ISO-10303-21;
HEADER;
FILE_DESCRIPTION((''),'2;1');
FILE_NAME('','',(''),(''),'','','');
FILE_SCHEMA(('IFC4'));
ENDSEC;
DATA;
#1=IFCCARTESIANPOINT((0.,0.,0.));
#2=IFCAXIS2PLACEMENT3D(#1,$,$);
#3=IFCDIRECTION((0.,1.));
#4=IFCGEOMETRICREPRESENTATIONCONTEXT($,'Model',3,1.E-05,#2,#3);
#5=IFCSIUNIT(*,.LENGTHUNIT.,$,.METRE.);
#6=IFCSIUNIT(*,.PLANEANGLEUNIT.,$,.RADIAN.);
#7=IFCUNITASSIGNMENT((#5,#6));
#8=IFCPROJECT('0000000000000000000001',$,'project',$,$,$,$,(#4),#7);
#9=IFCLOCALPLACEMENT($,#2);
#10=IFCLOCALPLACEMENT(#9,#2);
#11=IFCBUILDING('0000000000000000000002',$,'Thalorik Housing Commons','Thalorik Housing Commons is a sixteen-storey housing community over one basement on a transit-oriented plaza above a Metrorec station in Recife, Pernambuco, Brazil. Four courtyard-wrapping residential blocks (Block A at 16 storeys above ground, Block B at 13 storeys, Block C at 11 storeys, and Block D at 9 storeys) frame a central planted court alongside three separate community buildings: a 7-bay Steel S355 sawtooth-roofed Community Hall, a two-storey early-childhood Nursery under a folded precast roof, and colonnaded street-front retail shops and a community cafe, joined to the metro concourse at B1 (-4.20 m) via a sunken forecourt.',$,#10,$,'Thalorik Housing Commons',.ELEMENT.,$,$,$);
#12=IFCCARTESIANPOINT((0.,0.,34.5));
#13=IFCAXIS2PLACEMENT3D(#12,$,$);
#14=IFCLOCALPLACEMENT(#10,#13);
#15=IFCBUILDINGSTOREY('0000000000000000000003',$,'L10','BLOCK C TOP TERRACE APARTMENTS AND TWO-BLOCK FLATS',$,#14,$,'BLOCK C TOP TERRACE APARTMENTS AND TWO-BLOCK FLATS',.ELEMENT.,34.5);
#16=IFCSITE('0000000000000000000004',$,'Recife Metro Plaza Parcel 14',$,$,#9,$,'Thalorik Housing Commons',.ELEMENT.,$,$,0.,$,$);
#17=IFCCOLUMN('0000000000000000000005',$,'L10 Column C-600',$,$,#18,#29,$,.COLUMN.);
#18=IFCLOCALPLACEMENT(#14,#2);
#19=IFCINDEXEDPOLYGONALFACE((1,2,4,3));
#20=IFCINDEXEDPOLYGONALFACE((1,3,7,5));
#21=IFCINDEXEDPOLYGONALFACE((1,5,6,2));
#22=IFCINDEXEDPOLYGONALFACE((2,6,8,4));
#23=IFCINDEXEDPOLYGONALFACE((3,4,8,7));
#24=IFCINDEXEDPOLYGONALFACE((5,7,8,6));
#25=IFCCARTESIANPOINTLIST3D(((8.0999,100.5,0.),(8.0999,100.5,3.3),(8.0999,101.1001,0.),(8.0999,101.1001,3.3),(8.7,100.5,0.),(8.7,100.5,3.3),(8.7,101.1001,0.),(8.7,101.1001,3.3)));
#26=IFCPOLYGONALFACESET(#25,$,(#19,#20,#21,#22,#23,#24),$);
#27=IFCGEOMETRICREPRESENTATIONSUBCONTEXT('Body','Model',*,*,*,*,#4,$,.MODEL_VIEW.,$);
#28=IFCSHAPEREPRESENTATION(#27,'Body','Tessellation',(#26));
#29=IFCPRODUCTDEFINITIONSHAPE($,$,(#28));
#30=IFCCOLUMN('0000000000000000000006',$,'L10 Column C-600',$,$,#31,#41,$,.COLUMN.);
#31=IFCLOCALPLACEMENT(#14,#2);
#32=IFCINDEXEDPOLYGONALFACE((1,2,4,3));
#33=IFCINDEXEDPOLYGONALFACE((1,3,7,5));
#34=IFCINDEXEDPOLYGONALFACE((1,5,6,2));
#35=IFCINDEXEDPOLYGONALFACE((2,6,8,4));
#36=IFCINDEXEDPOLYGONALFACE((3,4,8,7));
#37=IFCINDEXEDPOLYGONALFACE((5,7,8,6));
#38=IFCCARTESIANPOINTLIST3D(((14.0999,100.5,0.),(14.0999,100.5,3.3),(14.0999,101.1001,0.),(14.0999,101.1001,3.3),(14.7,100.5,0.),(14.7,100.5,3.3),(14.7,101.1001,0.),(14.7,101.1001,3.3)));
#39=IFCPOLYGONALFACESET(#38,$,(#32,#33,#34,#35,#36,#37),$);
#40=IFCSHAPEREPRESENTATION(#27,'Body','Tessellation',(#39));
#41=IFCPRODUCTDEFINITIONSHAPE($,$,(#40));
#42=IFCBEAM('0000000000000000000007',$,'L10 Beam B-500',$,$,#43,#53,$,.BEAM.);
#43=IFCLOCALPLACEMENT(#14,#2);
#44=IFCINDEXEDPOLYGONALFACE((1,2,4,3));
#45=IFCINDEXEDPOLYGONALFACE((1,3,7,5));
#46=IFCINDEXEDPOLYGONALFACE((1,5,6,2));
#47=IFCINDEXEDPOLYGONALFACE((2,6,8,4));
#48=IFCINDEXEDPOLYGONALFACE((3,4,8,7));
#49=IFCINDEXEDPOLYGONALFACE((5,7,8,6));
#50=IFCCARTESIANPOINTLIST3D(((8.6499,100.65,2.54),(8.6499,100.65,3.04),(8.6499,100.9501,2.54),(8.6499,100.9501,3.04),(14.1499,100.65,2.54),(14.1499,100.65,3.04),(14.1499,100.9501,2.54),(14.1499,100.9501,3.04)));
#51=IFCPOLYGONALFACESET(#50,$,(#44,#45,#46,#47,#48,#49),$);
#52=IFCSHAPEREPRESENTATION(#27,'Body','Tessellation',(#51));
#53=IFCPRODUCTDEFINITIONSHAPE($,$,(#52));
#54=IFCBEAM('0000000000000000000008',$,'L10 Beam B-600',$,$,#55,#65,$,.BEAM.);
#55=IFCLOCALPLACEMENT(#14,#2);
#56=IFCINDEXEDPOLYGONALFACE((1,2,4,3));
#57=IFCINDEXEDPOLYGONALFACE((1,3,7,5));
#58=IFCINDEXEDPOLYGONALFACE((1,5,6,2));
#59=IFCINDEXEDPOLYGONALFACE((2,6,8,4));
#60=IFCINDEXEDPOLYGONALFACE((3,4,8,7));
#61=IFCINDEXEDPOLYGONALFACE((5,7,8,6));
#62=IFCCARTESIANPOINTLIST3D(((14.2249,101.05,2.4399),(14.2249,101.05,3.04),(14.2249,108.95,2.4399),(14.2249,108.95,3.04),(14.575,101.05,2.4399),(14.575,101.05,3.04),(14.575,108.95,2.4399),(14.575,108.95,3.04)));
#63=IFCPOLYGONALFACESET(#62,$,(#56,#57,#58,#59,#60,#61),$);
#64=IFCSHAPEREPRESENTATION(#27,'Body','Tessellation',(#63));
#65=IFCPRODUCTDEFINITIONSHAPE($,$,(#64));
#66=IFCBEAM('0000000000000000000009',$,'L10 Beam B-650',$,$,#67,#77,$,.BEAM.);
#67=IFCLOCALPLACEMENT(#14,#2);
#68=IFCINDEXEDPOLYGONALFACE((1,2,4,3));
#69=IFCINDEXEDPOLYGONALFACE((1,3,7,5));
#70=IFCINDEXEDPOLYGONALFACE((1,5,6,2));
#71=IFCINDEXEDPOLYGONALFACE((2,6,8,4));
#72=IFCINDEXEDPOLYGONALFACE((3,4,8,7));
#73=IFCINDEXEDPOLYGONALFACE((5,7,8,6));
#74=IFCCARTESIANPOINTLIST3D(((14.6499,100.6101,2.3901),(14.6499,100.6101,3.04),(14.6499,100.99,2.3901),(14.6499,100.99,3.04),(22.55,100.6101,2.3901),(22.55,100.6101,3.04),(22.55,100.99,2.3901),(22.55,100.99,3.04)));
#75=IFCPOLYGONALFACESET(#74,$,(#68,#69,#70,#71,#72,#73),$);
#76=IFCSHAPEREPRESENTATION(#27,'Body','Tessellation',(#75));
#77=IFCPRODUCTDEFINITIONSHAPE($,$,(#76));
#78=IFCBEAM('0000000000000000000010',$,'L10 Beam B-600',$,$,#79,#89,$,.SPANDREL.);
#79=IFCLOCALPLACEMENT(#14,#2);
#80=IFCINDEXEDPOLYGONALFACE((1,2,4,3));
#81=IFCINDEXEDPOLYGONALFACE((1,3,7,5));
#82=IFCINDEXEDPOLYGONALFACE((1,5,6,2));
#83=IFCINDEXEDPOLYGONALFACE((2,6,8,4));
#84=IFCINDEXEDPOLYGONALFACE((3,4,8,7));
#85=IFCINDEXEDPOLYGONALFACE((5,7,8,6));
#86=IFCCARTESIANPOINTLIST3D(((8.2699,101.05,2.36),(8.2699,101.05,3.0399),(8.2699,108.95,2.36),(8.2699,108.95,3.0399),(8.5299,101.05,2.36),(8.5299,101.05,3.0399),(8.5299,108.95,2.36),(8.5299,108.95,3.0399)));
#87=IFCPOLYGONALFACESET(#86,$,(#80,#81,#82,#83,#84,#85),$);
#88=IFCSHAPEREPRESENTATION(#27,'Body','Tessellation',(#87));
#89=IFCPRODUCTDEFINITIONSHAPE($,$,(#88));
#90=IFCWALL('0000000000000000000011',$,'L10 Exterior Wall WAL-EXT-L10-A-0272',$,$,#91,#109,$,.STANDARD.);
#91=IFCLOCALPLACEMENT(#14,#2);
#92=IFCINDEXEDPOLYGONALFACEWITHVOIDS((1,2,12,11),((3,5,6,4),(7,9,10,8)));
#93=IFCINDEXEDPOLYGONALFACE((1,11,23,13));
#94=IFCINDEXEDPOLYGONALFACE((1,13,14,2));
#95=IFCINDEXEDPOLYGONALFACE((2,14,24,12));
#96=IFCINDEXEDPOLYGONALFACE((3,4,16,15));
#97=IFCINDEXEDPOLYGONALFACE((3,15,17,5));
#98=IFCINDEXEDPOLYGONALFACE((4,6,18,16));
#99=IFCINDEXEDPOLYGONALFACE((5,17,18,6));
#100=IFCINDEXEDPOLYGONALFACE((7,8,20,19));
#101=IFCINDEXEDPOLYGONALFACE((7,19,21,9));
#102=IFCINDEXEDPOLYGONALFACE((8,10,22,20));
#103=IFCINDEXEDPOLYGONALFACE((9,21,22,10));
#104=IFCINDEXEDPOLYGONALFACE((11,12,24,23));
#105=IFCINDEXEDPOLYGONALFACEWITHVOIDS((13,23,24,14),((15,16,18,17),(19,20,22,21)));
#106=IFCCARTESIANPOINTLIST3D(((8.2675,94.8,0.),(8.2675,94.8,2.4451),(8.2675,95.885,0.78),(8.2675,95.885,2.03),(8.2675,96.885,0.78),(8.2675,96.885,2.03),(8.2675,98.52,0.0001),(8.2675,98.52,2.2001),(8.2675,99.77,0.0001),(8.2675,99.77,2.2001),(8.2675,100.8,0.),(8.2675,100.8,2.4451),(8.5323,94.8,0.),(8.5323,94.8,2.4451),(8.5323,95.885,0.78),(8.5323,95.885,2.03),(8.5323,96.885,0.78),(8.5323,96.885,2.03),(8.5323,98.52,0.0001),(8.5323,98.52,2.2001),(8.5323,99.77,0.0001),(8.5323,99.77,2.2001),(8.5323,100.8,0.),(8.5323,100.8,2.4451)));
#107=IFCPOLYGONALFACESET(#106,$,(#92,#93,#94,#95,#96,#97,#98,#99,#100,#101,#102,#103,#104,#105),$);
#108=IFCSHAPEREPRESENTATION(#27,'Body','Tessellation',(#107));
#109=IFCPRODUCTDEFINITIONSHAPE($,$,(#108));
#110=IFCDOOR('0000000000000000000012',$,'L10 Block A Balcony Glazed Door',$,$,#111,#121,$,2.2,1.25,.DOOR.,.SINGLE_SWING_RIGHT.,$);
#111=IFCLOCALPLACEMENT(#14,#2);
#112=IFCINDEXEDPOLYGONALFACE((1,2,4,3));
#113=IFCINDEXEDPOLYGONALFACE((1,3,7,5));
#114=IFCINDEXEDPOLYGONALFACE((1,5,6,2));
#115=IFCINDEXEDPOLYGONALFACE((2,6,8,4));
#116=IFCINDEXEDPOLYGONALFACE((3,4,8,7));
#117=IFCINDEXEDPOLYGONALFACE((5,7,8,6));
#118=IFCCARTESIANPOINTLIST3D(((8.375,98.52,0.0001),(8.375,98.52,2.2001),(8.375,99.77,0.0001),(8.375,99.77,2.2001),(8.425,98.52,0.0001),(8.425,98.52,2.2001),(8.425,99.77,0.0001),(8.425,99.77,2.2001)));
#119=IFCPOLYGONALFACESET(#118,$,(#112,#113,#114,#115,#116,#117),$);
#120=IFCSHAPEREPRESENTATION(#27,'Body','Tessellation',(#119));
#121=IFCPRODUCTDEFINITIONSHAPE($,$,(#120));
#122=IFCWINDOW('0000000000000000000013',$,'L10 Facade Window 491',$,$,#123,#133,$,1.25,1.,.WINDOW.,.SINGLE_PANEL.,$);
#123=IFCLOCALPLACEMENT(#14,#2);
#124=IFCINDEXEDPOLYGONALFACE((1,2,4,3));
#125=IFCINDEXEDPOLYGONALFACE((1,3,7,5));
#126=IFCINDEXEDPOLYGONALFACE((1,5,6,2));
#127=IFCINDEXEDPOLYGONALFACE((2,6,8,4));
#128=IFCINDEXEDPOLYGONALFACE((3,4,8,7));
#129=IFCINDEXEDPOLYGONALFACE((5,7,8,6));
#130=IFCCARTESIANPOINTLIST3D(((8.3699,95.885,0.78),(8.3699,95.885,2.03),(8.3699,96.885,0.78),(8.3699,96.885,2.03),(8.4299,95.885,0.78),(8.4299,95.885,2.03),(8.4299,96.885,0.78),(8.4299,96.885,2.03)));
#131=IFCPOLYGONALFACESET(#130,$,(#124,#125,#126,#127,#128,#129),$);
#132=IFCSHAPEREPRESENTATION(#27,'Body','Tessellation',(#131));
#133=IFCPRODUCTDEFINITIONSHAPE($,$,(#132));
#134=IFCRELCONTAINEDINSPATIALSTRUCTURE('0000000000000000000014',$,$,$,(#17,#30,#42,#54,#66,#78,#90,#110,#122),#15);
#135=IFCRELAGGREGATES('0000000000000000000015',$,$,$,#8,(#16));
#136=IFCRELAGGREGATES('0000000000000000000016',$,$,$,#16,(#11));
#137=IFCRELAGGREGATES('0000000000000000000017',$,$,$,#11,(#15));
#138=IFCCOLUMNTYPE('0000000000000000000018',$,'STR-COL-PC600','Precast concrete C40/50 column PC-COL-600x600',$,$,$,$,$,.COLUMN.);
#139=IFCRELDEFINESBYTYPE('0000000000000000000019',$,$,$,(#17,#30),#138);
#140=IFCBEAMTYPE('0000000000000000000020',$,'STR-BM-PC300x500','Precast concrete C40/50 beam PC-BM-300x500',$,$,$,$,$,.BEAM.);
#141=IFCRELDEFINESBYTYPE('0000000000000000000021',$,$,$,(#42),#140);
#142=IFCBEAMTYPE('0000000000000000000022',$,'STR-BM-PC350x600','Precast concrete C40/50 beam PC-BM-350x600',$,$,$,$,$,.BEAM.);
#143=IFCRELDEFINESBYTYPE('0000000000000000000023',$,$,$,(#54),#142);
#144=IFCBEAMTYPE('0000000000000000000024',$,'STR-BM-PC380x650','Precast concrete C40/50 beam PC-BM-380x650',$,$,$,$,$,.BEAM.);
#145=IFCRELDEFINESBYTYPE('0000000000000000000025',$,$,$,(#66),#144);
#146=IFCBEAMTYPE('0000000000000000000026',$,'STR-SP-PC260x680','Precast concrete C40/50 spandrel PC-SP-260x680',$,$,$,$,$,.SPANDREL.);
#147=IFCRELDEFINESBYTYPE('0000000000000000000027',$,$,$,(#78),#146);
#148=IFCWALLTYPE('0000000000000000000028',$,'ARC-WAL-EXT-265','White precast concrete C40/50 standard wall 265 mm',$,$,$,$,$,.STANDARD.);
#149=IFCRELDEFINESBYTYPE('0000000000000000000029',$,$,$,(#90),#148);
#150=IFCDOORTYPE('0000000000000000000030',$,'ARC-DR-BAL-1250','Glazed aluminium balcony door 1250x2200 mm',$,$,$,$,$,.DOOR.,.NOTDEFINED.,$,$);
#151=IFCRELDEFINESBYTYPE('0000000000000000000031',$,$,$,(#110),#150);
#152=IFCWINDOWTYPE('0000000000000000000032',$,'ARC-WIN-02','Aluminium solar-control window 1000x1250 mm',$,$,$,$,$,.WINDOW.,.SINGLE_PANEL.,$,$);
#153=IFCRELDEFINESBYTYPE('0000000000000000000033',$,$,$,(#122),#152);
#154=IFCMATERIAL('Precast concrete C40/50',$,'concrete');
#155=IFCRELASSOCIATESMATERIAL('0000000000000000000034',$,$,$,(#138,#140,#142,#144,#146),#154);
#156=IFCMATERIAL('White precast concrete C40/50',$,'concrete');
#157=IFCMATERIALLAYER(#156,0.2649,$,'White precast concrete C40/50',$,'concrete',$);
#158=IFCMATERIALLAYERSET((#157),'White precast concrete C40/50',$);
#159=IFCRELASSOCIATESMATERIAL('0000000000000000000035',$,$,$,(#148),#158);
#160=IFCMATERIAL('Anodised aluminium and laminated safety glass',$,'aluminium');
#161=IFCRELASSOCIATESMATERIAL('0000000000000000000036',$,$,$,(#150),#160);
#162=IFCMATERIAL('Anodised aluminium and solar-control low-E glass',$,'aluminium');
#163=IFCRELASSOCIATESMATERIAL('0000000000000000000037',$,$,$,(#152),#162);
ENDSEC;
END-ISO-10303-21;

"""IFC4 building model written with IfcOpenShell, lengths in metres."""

from ifc_helpers import new_model, si_unit, direction, frame, frame_2d, origin, origin_2d, place, context, subcontext, project, spatial, rectangle, extrude, material, layer, layer_set, material_profile, profile_set, type_object, element, fill, save


model = new_model("IFC4")

# Units and contexts
model_context = context("Model", 3, precision=1e-05, world=origin(), true_north=direction((0.0, 1.0)))
body_context = subcontext(model_context, "Body", "Model", "MODEL_VIEW")
ifc_project = project(units=[si_unit("LENGTHUNIT", "METRE"), si_unit("PLANEANGLEUNIT", "RADIAN")], contexts=[model_context])

# Site, building, storey
site_placement = place(None, origin())
site = spatial("IfcSite", under=ifc_project, at=site_placement, Name="Recife Metro Plaza Parcel 14", LongName="Thalorik Housing Commons", CompositionType="ELEMENT", RefElevation=0.0)
building_placement = place(site_placement, origin())
building = spatial("IfcBuilding", under=site, at=building_placement, Name="Thalorik Housing Commons", Description="Thalorik Housing Commons is a sixteen-storey housing community over one basement on a transit-oriented plaza above a Metrorec station in Recife, Pernambuco, Brazil. Four courtyard-wrapping residential blocks (Block A at 16 storeys above ground, Block B at 13 storeys, Block C at 11 storeys, and Block D at 9 storeys) frame a central planted court alongside three separate community buildings: a 7-bay Steel S355 sawtooth-roofed Community Hall, a two-storey early-childhood Nursery under a folded precast roof, and colonnaded street-front retail shops and a community cafe, joined to the metro concourse at B1 (-4.20 m) via a sunken forecourt.", LongName="Thalorik Housing Commons", CompositionType="ELEMENT")
storey_placement = place(building_placement, frame((0.0, 0.0, 34.5)))
storey = spatial("IfcBuildingStorey", under=building, at=storey_placement, Name="L10", Description="BLOCK C TOP TERRACE APARTMENTS AND TWO-BLOCK FLATS", LongName="BLOCK C TOP TERRACE APARTMENTS AND TWO-BLOCK FLATS", CompositionType="ELEMENT", Elevation=34.5)

# Columns
ifc_material_1 = material(Name="Precast concrete C40/50", Category="concrete")
ifc_material_profile_1 = material_profile(ifc_material_1, rectangle(XDim=0.6001, YDim=0.6001, at=origin_2d()), Name="PC 600x600", Category="concrete")
ifc_profile_set_1 = profile_set([ifc_material_profile_1], Name="Precast concrete C40/50")
column_type = type_object("IfcColumnType", Name="STR-COL-PC600", Description="Precast concrete C40/50 column PC-COL-600x600", PredefinedType="COLUMN", material=ifc_profile_set_1)
for number, where, z_axis, x_axis, name in (
    (1, (8.3999, 100.8, 0.0), (0.0, 0.0, 1.0), (1.0, 0.0, 0.0), "L10 Column C-600"),
    (2, (14.3999, 100.8, 0.0), (0.0, 0.0, 1.0), (1.0, 0.0, 0.0), "L10 Column C-600"),
):
    element("IfcColumn", number, at=place(storey_placement, frame(where, z_axis=z_axis, x_axis=x_axis)), inside=storey, type_object=column_type, Name=name, PredefinedType="COLUMN", context=body_context, shape_type="SweptSolid", body=[
        extrude(rectangle(XDim=0.6001, YDim=0.6001, at=origin_2d()), origin(), (0.0, 0.0, 1.0), 3.3),
    ])

# Beams
ifc_material_profile_2 = material_profile(ifc_material_1, rectangle(XDim=0.3, YDim=0.5, at=origin_2d()), Name="PC 300x500", Category="concrete")
ifc_profile_set_2 = profile_set([ifc_material_profile_2], Name="Precast concrete C40/50")
beam_type_1 = type_object("IfcBeamType", Name="STR-BM-PC300x500", Description="Precast concrete C40/50 beam PC-BM-300x500", PredefinedType="BEAM", material=ifc_profile_set_2)
beam_1_placement = place(storey_placement, frame((8.6499, 100.8, 2.79), z_axis=(1.0, 0.0, 0.0), x_axis=(0.0, 1.0, 0.0)))
element("IfcBeam", 3, at=beam_1_placement, inside=storey, type_object=beam_type_1, Name="L10 Beam B-500", PredefinedType="BEAM", context=body_context, shape_type="SweptSolid", body=[
    extrude(rectangle(XDim=0.3, YDim=0.5, at=origin_2d()), origin(), (0.0, 0.0, 1.0), 5.5),
])
ifc_material_profile_3 = material_profile(ifc_material_1, rectangle(XDim=0.3501, YDim=0.6001, at=origin_2d()), Name="PC 350x600", Category="concrete")
ifc_profile_set_3 = profile_set([ifc_material_profile_3], Name="Precast concrete C40/50")
beam_type_2 = type_object("IfcBeamType", Name="STR-BM-PC350x600", Description="Precast concrete C40/50 beam PC-BM-350x600", PredefinedType="BEAM", material=ifc_profile_set_3)
beam_2_placement = place(storey_placement, frame((14.3999, 101.05, 2.74), z_axis=(0.0, 1.0, 0.0), x_axis=(-1.0, 0.0, 0.0)))
element("IfcBeam", 4, at=beam_2_placement, inside=storey, type_object=beam_type_2, Name="L10 Beam B-600", PredefinedType="BEAM", context=body_context, shape_type="SweptSolid", body=[
    extrude(rectangle(XDim=0.3501, YDim=0.6001, at=origin_2d()), origin(), (0.0, 0.0, 1.0), 7.8999),
])
ifc_material_profile_4 = material_profile(ifc_material_1, rectangle(XDim=0.3799, YDim=0.6499, at=origin_2d()), Name="PC 380x650", Category="concrete")
ifc_profile_set_4 = profile_set([ifc_material_profile_4], Name="Precast concrete C40/50")
beam_type_3 = type_object("IfcBeamType", Name="STR-BM-PC380x650", Description="Precast concrete C40/50 beam PC-BM-380x650", PredefinedType="BEAM", material=ifc_profile_set_4)
beam_3_placement = place(storey_placement, frame((14.6499, 100.8, 2.7151), z_axis=(1.0, 0.0, 0.0), x_axis=(0.0, 1.0, 0.0)))
element("IfcBeam", 5, at=beam_3_placement, inside=storey, type_object=beam_type_3, Name="L10 Beam B-650", PredefinedType="BEAM", context=body_context, shape_type="SweptSolid", body=[
    extrude(rectangle(XDim=0.3799, YDim=0.6499, at=origin_2d()), origin(), (0.0, 0.0, 1.0), 7.9001),
])
ifc_material_profile_5 = material_profile(ifc_material_1, rectangle(XDim=0.26, YDim=0.6799, at=origin_2d()), Name="PC SP 260x680", Category="concrete")
ifc_profile_set_5 = profile_set([ifc_material_profile_5], Name="Precast concrete C40/50")
beam_type_4 = type_object("IfcBeamType", Name="STR-SP-PC260x680", Description="Precast concrete C40/50 spandrel PC-SP-260x680", PredefinedType="SPANDREL", material=ifc_profile_set_5)
beam_4_placement = place(storey_placement, frame((8.3999, 101.05, 2.7), z_axis=(0.0, 1.0, 0.0), x_axis=(-1.0, 0.0, 0.0)))
element("IfcBeam", 6, at=beam_4_placement, inside=storey, type_object=beam_type_4, Name="L10 Beam B-600", PredefinedType="SPANDREL", context=body_context, shape_type="SweptSolid", body=[
    extrude(rectangle(XDim=0.26, YDim=0.6799, at=origin_2d()), origin(), (0.0, 0.0, 1.0), 7.8999),
])

# Wall, openings, door, window
ifc_material_2 = material(Name="White precast concrete C40/50", Category="concrete")
ifc_layer_1 = layer(ifc_material_2, 0.2649, Name="White precast concrete C40/50", Category="concrete")
ifc_layer_set_1 = layer_set([ifc_layer_1], Name="White precast concrete C40/50")
wall_type_1 = type_object("IfcWallType", Name="ARC-WAL-EXT-265", Description="White precast concrete C40/50 standard wall 265 mm", PredefinedType="STANDARD", material=ifc_layer_set_1)
wall_1_placement = place(storey_placement, frame((8.3999, 100.8, 0.0), z_axis=(0.0, 0.0, 1.0), x_axis=(0.0, -1.0, 0.0)))
wall_1 = element("IfcWall", 7, at=wall_1_placement, inside=storey, type_object=wall_type_1, Name="L10 Exterior Wall WAL-EXT-L10-A-0272", PredefinedType="STANDARD", context=body_context, shape_type="SweptSolid", body=[
    extrude(rectangle(XDim=6.0, YDim=0.2649, at=frame_2d((3.0, 0.0))), origin(), (0.0, 0.0, 1.0), 2.4451),
])
opening_1_placement = place(wall_1_placement, frame((1.03, 0.0, 0.0)))
opening_1 = element("IfcOpeningElement", 8, at=opening_1_placement, cuts=wall_1, PredefinedType="OPENING", context=body_context, shape_type="SweptSolid", body=[
    extrude(rectangle(XDim=1.25, YDim=2.2, at=frame_2d((0.625, 1.1001))), frame((0.0, 0.1426, 0.0), z_axis=(0.0, -1.0, 0.0), x_axis=(1.0, 0.0, 0.0)), (0.0, 0.0, 1.0), 0.2849),
])
opening_2_placement = place(wall_1_placement, frame((3.915, 0.0, 0.78)))
opening_2 = element("IfcOpeningElement", 9, at=opening_2_placement, cuts=wall_1, PredefinedType="OPENING", context=body_context, shape_type="SweptSolid", body=[
    extrude(rectangle(XDim=1.0, YDim=1.25, at=frame_2d((0.5, 0.625))), frame((0.0, 0.1426, 0.0), z_axis=(0.0, -1.0, 0.0), x_axis=(1.0, 0.0, 0.0)), (0.0, 0.0, 1.0), 0.2849),
])
ifc_material_3 = material(Name="Anodised aluminium and laminated safety glass", Category="aluminium")
door_type_1 = type_object("IfcDoorType", Name="ARC-DR-BAL-1250", Description="Glazed aluminium balcony door 1250x2200 mm", OperationType="NOTDEFINED", PredefinedType="DOOR", material=ifc_material_3)
door_1_placement = place(opening_1_placement, frame((1.25, 0.0, 0.0), z_axis=(0.0, 0.0, 1.0), x_axis=(-1.0, 0.0, 0.0)))
door_1 = element("IfcDoor", 10, at=door_1_placement, inside=storey, type_object=door_type_1, Name="L10 Block A Balcony Glazed Door", OperationType="SINGLE_SWING_RIGHT", OverallHeight=2.2, OverallWidth=1.25, PredefinedType="DOOR", context=body_context, shape_type="SweptSolid", body=[
    extrude(rectangle(XDim=1.25, YDim=2.2, at=frame_2d((0.625, 1.1001))), frame((0.0, 0.0249, 0.0), z_axis=(0.0, -1.0, 0.0), x_axis=(1.0, 0.0, 0.0)), (0.0, 0.0, 1.0), 0.05),
])
fill(opening_1, door_1)
ifc_material_4 = material(Name="Anodised aluminium and solar-control low-E glass", Category="aluminium")
window_type = type_object("IfcWindowType", Name="ARC-WIN-02", Description="Aluminium solar-control window 1000x1250 mm", PartitioningType="SINGLE_PANEL", PredefinedType="WINDOW", material=ifc_material_4)
window_placement = place(opening_2_placement, origin())
window = element("IfcWindow", 11, at=window_placement, inside=storey, type_object=window_type, Name="L10 Facade Window 491", OverallHeight=1.25, OverallWidth=1.0, PartitioningType="SINGLE_PANEL", PredefinedType="WINDOW", context=body_context, shape_type="SweptSolid", body=[
    extrude(rectangle(XDim=1.0, YDim=1.25, at=frame_2d((0.5, 0.625))), frame((0.0, 0.03, 0.0), z_axis=(0.0, -1.0, 0.0), x_axis=(1.0, 0.0, 0.0)), (0.0, 0.0, 1.0), 0.0601),
])
fill(opening_2, window)

save(model, "model.ifc")
